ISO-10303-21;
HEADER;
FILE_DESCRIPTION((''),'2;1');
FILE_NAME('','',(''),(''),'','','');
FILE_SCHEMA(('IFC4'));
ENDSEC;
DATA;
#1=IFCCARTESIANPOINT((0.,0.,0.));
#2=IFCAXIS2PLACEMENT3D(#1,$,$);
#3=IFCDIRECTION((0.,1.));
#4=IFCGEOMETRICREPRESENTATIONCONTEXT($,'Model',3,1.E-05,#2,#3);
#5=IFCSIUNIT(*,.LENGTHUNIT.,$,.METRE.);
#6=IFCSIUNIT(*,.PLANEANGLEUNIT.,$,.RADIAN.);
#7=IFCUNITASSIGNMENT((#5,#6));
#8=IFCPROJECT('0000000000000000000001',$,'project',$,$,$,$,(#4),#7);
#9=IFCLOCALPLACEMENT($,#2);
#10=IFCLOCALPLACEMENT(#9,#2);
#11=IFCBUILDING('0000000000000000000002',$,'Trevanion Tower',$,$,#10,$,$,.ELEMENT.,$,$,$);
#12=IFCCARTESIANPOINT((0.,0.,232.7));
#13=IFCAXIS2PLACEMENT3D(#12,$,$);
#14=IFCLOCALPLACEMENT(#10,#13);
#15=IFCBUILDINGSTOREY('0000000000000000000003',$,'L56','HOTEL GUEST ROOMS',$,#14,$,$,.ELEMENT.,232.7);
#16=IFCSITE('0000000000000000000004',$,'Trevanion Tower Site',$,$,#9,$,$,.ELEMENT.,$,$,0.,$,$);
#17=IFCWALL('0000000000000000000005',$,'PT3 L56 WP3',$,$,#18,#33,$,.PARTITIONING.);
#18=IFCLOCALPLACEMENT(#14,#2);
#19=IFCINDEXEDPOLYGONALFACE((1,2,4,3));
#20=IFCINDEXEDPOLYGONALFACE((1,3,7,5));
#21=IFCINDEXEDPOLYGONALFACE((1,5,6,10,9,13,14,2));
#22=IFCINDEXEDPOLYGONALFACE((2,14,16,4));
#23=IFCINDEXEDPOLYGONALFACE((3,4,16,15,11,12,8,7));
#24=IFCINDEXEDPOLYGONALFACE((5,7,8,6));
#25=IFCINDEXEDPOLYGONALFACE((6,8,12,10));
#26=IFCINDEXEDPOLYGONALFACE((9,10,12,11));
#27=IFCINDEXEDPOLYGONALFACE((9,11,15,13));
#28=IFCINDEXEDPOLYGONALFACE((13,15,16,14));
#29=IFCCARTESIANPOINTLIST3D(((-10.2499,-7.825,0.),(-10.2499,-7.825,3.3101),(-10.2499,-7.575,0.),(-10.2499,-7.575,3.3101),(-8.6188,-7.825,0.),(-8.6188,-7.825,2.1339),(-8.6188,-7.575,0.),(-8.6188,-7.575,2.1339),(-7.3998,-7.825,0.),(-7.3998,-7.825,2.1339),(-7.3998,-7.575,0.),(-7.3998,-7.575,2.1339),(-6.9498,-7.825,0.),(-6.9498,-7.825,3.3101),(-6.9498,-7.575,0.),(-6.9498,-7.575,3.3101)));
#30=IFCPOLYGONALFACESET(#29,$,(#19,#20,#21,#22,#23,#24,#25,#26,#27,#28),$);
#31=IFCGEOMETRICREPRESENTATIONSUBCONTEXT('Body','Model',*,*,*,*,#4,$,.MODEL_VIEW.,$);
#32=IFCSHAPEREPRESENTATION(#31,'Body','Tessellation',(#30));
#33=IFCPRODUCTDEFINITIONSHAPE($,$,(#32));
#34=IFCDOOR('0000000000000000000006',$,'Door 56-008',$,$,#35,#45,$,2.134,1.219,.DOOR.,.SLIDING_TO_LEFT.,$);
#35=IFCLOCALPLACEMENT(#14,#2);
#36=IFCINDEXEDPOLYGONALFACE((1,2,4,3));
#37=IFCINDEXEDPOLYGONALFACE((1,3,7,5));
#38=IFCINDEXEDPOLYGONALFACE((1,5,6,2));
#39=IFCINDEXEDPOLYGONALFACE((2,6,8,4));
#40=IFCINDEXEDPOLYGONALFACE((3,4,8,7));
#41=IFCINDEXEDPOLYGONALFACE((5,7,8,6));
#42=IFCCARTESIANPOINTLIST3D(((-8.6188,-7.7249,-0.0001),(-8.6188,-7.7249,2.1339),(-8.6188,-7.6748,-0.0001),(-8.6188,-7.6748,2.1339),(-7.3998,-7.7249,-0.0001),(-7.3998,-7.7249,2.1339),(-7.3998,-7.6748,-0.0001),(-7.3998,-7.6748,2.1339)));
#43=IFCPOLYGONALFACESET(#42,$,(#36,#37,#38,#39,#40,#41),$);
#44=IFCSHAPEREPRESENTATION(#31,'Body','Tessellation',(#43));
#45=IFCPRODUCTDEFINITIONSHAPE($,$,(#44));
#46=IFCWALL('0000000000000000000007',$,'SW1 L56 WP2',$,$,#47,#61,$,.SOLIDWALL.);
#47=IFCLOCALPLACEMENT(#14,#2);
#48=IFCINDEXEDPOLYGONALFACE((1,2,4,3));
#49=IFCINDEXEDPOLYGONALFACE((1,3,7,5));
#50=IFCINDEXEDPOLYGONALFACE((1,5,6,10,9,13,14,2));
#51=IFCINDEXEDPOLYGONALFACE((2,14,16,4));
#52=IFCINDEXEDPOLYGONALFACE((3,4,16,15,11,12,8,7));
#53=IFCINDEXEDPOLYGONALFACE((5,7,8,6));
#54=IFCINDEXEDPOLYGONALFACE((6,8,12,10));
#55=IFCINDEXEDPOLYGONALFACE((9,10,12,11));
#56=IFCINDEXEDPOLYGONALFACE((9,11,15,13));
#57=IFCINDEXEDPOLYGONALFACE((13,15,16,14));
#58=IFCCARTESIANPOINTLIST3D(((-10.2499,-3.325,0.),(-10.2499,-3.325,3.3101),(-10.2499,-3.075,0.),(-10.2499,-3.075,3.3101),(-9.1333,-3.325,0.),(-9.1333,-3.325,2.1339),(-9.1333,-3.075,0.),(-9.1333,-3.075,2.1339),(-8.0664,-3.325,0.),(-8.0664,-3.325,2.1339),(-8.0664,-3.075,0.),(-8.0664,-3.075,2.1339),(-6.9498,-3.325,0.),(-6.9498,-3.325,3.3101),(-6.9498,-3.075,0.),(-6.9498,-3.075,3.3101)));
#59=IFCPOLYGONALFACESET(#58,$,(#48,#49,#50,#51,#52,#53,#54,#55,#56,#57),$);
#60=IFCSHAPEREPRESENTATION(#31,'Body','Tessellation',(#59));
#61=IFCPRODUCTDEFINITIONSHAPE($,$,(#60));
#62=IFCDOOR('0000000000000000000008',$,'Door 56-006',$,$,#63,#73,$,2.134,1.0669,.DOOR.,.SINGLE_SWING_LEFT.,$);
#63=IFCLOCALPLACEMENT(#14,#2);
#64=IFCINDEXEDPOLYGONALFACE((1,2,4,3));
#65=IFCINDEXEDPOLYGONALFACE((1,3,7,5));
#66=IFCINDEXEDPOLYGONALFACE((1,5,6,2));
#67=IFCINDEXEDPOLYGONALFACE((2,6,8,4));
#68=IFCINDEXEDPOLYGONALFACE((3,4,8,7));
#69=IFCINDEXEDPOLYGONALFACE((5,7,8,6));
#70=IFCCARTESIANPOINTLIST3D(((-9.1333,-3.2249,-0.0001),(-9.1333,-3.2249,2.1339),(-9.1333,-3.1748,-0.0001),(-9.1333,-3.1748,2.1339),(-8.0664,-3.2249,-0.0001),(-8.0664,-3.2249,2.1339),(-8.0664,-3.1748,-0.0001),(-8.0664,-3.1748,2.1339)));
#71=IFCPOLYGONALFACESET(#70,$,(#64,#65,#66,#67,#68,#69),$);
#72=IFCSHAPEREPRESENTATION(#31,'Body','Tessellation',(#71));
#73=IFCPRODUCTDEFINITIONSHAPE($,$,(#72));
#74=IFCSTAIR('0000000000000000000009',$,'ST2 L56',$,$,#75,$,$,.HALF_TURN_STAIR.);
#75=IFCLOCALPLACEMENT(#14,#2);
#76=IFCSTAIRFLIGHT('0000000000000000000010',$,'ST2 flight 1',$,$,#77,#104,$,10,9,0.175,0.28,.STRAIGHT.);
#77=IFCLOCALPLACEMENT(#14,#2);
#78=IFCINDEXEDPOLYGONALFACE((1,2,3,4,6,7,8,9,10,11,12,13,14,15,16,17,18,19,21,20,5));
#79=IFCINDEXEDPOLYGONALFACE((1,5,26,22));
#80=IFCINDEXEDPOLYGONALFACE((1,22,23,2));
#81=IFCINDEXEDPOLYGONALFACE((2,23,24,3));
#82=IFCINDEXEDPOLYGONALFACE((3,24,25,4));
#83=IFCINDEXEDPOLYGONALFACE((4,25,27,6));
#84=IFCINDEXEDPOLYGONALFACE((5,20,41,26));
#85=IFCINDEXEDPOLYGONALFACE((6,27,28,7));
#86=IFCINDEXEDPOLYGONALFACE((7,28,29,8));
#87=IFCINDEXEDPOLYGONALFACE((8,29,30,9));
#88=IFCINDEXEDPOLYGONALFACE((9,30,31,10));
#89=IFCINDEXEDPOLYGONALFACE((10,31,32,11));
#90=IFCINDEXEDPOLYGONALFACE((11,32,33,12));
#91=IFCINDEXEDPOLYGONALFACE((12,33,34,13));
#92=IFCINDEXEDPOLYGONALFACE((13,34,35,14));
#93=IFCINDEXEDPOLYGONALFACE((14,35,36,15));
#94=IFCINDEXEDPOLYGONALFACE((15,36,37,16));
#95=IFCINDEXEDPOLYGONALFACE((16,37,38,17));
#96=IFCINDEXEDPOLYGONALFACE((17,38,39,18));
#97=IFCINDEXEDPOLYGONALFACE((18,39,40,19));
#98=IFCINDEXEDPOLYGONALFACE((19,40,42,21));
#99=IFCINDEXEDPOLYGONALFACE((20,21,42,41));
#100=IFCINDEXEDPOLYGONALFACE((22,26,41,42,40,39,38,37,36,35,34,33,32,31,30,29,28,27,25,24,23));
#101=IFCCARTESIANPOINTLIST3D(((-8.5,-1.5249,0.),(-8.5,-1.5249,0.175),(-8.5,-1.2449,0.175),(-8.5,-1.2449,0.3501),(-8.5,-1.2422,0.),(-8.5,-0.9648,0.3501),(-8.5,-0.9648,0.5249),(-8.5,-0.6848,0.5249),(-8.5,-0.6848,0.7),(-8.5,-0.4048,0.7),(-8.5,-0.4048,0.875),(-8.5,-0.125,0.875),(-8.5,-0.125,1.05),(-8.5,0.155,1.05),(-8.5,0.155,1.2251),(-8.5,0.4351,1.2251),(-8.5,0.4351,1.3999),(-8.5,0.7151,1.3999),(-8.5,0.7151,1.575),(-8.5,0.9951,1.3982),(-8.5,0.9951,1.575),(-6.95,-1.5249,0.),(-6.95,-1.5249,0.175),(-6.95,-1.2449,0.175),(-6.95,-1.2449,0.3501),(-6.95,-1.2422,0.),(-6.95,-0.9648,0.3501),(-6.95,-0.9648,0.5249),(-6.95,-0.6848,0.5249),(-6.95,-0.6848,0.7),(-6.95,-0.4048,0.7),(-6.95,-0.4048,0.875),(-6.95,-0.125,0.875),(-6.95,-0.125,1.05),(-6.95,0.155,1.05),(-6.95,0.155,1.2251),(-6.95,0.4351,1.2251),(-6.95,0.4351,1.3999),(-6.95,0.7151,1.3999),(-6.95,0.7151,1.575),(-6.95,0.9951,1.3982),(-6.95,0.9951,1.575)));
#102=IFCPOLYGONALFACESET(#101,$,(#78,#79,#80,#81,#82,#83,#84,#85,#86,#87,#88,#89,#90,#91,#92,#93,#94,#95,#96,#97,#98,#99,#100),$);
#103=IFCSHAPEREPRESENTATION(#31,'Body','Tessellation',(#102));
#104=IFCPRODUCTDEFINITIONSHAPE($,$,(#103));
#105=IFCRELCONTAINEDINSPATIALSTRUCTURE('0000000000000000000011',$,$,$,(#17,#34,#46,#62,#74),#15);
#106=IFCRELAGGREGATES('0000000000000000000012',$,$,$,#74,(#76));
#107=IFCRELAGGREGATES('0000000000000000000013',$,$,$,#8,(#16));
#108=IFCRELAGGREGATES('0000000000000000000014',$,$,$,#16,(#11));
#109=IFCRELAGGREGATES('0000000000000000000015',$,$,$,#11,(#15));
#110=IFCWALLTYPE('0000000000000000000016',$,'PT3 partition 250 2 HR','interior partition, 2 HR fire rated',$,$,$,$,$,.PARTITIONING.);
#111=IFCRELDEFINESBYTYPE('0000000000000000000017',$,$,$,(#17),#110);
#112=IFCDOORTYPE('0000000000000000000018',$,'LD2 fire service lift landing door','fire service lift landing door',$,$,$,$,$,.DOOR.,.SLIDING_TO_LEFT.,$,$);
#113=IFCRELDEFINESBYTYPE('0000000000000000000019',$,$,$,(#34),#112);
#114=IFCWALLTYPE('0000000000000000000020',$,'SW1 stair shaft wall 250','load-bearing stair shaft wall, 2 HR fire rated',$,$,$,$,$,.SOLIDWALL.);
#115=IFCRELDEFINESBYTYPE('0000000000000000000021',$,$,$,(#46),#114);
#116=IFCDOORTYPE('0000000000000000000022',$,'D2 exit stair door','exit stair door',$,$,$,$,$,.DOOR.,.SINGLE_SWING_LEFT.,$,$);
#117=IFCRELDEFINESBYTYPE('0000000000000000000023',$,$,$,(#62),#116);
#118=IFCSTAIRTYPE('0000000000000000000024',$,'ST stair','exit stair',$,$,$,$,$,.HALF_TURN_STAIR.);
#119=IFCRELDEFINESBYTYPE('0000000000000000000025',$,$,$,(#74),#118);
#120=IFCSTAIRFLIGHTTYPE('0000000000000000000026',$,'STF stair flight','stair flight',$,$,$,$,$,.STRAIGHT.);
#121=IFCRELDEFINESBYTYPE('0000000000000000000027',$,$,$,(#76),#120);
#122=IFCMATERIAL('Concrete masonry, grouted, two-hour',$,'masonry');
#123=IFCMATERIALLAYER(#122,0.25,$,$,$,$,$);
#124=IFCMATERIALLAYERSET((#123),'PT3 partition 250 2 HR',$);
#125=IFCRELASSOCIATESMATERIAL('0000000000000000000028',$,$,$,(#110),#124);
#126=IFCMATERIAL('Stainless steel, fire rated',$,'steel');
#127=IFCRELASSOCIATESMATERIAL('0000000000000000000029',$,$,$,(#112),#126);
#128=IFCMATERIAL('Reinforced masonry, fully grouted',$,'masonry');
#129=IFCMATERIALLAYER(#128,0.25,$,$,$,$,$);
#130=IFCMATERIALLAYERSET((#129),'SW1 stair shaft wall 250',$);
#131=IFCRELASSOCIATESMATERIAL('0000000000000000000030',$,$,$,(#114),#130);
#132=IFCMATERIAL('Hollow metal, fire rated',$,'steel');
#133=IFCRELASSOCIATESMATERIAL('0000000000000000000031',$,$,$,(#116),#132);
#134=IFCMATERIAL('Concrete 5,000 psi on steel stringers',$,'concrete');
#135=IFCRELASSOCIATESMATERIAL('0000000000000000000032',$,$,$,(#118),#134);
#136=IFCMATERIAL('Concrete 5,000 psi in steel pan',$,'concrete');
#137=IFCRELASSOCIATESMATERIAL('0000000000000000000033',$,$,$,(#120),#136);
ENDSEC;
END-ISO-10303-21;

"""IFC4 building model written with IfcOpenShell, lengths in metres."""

from ifc_helpers import new_model, si_unit, direction, frame, frame_2d, origin, place, context, subcontext, project, spatial, polyline, rectangle, outline, extrude, material, layer, layer_set, type_object, element, fill, aggregate, save


model = new_model("IFC4")

# Units and contexts
model_context = context("Model", 3, precision=1e-05, world=origin(), true_north=direction((0.0, 1.0)))
body_context = subcontext(model_context, "Body", "Model", "MODEL_VIEW")
ifc_project = project(units=[si_unit("LENGTHUNIT", "METRE"), si_unit("PLANEANGLEUNIT", "RADIAN")], contexts=[model_context])

# Site, building, storey
site_placement = place(None, origin())
site = spatial("IfcSite", under=ifc_project, at=site_placement, Name="Trevanion Tower Site", CompositionType="ELEMENT", RefElevation=0.0)
building_placement = place(site_placement, origin())
building = spatial("IfcBuilding", under=site, at=building_placement, Name="Trevanion Tower", CompositionType="ELEMENT")
storey_placement = place(building_placement, frame((0.0, 0.0, 232.7)))
storey = spatial("IfcBuildingStorey", under=building, at=storey_placement, Name="L56", Description="HOTEL GUEST ROOMS", CompositionType="ELEMENT", Elevation=232.7)

# Walls, openings, doors
ifc_material_1 = material(Name="Concrete masonry, grouted, two-hour", Category="masonry")
ifc_layer_1 = layer(ifc_material_1, 0.25)
ifc_layer_set_1 = layer_set([ifc_layer_1], Name="PT3 partition 250 2 HR")
wall_type_1 = type_object("IfcWallType", Name="PT3 partition 250 2 HR", Description="interior partition, 2 HR fire rated", PredefinedType="PARTITIONING", material=ifc_layer_set_1)
wall_1_placement = place(storey_placement, frame((-6.95, -7.7, 0.0), z_axis=(0.0, 0.0, 1.0), x_axis=(-1.0, 0.0, 0.0)))
wall_1 = element("IfcWall", 1, at=wall_1_placement, inside=storey, type_object=wall_type_1, Name="PT3 L56 WP3", PredefinedType="PARTITIONING", context=body_context, shape_type="SweptSolid", body=[
    extrude(rectangle(XDim=3.3, YDim=0.25, at=frame_2d((1.6499, 0.0))), origin(), (0.0, 0.0, 1.0), 3.3101),
])
opening_1_placement = place(wall_1_placement, frame((0.45, 0.0, 0.0)))
opening_1 = element("IfcOpeningElement", 2, at=opening_1_placement, cuts=wall_1, PredefinedType="OPENING", context=body_context, shape_type="SweptSolid", body=[
    extrude(rectangle(XDim=1.219, YDim=2.134, at=frame_2d((0.6094, 1.0669))), frame((0.0, 0.135, 0.0), z_axis=(0.0, -1.0, 0.0), x_axis=(1.0, 0.0, 0.0)), (0.0, 0.0, 1.0), 0.27),
])
ifc_material_2 = material(Name="Stainless steel, fire rated", Category="steel")
door_type_1 = type_object("IfcDoorType", Name="LD2 fire service lift landing door", Description="fire service lift landing door", OperationType="SLIDING_TO_LEFT", PredefinedType="DOOR", material=ifc_material_2)
door_1_placement = place(opening_1_placement, origin())
door_1 = element("IfcDoor", 3, at=door_1_placement, inside=storey, type_object=door_type_1, Name="Door 56-008", OperationType="SLIDING_TO_LEFT", OverallHeight=2.134, OverallWidth=1.219, PredefinedType="DOOR", context=body_context, shape_type="SweptSolid", body=[
    extrude(rectangle(XDim=1.219, YDim=2.134, at=frame_2d((0.6094, 1.0669))), frame((0.0, 0.0249, 0.0), z_axis=(0.0, -1.0, 0.0), x_axis=(1.0, 0.0, 0.0)), (0.0, 0.0, 1.0), 0.05),
])
fill(opening_1, door_1)
ifc_material_3 = material(Name="Reinforced masonry, fully grouted", Category="masonry")
ifc_layer_2 = layer(ifc_material_3, 0.25)
ifc_layer_set_2 = layer_set([ifc_layer_2], Name="SW1 stair shaft wall 250")
wall_type_2 = type_object("IfcWallType", Name="SW1 stair shaft wall 250", Description="load-bearing stair shaft wall, 2 HR fire rated", PredefinedType="SOLIDWALL", material=ifc_layer_set_2)
wall_2_placement = place(storey_placement, frame((-6.95, -3.2, 0.0), z_axis=(0.0, 0.0, 1.0), x_axis=(-1.0, 0.0, 0.0)))
wall_2 = element("IfcWall", 4, at=wall_2_placement, inside=storey, type_object=wall_type_2, Name="SW1 L56 WP2", PredefinedType="SOLIDWALL", context=body_context, shape_type="SweptSolid", body=[
    extrude(rectangle(XDim=3.3, YDim=0.25, at=frame_2d((1.6499, 0.0))), origin(), (0.0, 0.0, 1.0), 3.3101),
])
opening_2_placement = place(wall_2_placement, frame((1.1165, 0.0, 0.0)))
opening_2 = element("IfcOpeningElement", 5, at=opening_2_placement, cuts=wall_2, PredefinedType="OPENING", context=body_context, shape_type="SweptSolid", body=[
    extrude(rectangle(XDim=1.0669, YDim=2.134, at=frame_2d((0.5334, 1.0669))), frame((0.0, 0.135, 0.0), z_axis=(0.0, -1.0, 0.0), x_axis=(1.0, 0.0, 0.0)), (0.0, 0.0, 1.0), 0.27),
])
ifc_material_4 = material(Name="Hollow metal, fire rated", Category="steel")
door_type_2 = type_object("IfcDoorType", Name="D2 exit stair door", Description="exit stair door", OperationType="SINGLE_SWING_LEFT", PredefinedType="DOOR", material=ifc_material_4)
door_2_placement = place(opening_2_placement, origin())
door_2 = element("IfcDoor", 6, at=door_2_placement, inside=storey, type_object=door_type_2, Name="Door 56-006", OperationType="SINGLE_SWING_LEFT", OverallHeight=2.134, OverallWidth=1.0669, PredefinedType="DOOR", context=body_context, shape_type="SweptSolid", body=[
    extrude(rectangle(XDim=1.0669, YDim=2.134, at=frame_2d((0.5334, 1.0669))), frame((0.0, 0.0249, 0.0), z_axis=(0.0, -1.0, 0.0), x_axis=(1.0, 0.0, 0.0)), (0.0, 0.0, 1.0), 0.05),
])
fill(opening_2, door_2)

# Stair, stair flight
ifc_material_5 = material(Name="Concrete 5,000 psi on steel stringers", Category="concrete")
stair_type = type_object("IfcStairType", Name="ST stair", Description="exit stair", PredefinedType="HALF_TURN_STAIR", material=ifc_material_5)
stair_placement = place(storey_placement, origin())
stair = element("IfcStair", 7, at=stair_placement, inside=storey, type_object=stair_type, Name="ST2 L56", PredefinedType="HALF_TURN_STAIR")
ifc_material_6 = material(Name="Concrete 5,000 psi in steel pan", Category="concrete")
stair_flight_type = type_object("IfcStairFlightType", Name="STF stair flight", Description="stair flight", PredefinedType="STRAIGHT", material=ifc_material_6)
stair_flight_placement = place(storey_placement, frame((-7.7251, -1.5249, 0.0), z_axis=(0.0, 0.0, 1.0), x_axis=(0.0, 1.0, 0.0)))
stair_flight = element("IfcStairFlight", 8, at=stair_flight_placement, type_object=stair_flight_type, Name="ST2 flight 1", NumberOfRisers=10, NumberOfTreads=9, PredefinedType="STRAIGHT", RiserHeight=0.175, TreadLength=0.28, context=body_context, shape_type="SweptSolid", body=[
    extrude(outline(polyline([(0.0, 0.0), (0.0, 0.175), (0.28, 0.175), (0.28, 0.3501), (0.5601, 0.3501), (0.5601, 0.5249), (0.8401, 0.5249), (0.8401, 0.7), (1.1201, 0.7), (1.1201, 0.875), (1.3999, 0.875), (1.3999, 1.05), (1.6799, 1.05), (1.6799, 1.2251), (1.96, 1.2251), (1.96, 1.3999), (2.24, 1.3999), (2.24, 1.575), (2.52, 1.575), (2.52, 1.75), (2.52, 1.3982), (0.2827, 0.0), (0.0, 0.0)])), frame((0.0, 0.7749, 0.0), z_axis=(0.0, -1.0, 0.0), x_axis=(1.0, 0.0, 0.0)), (0.0, 0.0, 1.0), 1.55),
])
aggregate(stair, [stair_flight])

save(model, "model.ifc")
